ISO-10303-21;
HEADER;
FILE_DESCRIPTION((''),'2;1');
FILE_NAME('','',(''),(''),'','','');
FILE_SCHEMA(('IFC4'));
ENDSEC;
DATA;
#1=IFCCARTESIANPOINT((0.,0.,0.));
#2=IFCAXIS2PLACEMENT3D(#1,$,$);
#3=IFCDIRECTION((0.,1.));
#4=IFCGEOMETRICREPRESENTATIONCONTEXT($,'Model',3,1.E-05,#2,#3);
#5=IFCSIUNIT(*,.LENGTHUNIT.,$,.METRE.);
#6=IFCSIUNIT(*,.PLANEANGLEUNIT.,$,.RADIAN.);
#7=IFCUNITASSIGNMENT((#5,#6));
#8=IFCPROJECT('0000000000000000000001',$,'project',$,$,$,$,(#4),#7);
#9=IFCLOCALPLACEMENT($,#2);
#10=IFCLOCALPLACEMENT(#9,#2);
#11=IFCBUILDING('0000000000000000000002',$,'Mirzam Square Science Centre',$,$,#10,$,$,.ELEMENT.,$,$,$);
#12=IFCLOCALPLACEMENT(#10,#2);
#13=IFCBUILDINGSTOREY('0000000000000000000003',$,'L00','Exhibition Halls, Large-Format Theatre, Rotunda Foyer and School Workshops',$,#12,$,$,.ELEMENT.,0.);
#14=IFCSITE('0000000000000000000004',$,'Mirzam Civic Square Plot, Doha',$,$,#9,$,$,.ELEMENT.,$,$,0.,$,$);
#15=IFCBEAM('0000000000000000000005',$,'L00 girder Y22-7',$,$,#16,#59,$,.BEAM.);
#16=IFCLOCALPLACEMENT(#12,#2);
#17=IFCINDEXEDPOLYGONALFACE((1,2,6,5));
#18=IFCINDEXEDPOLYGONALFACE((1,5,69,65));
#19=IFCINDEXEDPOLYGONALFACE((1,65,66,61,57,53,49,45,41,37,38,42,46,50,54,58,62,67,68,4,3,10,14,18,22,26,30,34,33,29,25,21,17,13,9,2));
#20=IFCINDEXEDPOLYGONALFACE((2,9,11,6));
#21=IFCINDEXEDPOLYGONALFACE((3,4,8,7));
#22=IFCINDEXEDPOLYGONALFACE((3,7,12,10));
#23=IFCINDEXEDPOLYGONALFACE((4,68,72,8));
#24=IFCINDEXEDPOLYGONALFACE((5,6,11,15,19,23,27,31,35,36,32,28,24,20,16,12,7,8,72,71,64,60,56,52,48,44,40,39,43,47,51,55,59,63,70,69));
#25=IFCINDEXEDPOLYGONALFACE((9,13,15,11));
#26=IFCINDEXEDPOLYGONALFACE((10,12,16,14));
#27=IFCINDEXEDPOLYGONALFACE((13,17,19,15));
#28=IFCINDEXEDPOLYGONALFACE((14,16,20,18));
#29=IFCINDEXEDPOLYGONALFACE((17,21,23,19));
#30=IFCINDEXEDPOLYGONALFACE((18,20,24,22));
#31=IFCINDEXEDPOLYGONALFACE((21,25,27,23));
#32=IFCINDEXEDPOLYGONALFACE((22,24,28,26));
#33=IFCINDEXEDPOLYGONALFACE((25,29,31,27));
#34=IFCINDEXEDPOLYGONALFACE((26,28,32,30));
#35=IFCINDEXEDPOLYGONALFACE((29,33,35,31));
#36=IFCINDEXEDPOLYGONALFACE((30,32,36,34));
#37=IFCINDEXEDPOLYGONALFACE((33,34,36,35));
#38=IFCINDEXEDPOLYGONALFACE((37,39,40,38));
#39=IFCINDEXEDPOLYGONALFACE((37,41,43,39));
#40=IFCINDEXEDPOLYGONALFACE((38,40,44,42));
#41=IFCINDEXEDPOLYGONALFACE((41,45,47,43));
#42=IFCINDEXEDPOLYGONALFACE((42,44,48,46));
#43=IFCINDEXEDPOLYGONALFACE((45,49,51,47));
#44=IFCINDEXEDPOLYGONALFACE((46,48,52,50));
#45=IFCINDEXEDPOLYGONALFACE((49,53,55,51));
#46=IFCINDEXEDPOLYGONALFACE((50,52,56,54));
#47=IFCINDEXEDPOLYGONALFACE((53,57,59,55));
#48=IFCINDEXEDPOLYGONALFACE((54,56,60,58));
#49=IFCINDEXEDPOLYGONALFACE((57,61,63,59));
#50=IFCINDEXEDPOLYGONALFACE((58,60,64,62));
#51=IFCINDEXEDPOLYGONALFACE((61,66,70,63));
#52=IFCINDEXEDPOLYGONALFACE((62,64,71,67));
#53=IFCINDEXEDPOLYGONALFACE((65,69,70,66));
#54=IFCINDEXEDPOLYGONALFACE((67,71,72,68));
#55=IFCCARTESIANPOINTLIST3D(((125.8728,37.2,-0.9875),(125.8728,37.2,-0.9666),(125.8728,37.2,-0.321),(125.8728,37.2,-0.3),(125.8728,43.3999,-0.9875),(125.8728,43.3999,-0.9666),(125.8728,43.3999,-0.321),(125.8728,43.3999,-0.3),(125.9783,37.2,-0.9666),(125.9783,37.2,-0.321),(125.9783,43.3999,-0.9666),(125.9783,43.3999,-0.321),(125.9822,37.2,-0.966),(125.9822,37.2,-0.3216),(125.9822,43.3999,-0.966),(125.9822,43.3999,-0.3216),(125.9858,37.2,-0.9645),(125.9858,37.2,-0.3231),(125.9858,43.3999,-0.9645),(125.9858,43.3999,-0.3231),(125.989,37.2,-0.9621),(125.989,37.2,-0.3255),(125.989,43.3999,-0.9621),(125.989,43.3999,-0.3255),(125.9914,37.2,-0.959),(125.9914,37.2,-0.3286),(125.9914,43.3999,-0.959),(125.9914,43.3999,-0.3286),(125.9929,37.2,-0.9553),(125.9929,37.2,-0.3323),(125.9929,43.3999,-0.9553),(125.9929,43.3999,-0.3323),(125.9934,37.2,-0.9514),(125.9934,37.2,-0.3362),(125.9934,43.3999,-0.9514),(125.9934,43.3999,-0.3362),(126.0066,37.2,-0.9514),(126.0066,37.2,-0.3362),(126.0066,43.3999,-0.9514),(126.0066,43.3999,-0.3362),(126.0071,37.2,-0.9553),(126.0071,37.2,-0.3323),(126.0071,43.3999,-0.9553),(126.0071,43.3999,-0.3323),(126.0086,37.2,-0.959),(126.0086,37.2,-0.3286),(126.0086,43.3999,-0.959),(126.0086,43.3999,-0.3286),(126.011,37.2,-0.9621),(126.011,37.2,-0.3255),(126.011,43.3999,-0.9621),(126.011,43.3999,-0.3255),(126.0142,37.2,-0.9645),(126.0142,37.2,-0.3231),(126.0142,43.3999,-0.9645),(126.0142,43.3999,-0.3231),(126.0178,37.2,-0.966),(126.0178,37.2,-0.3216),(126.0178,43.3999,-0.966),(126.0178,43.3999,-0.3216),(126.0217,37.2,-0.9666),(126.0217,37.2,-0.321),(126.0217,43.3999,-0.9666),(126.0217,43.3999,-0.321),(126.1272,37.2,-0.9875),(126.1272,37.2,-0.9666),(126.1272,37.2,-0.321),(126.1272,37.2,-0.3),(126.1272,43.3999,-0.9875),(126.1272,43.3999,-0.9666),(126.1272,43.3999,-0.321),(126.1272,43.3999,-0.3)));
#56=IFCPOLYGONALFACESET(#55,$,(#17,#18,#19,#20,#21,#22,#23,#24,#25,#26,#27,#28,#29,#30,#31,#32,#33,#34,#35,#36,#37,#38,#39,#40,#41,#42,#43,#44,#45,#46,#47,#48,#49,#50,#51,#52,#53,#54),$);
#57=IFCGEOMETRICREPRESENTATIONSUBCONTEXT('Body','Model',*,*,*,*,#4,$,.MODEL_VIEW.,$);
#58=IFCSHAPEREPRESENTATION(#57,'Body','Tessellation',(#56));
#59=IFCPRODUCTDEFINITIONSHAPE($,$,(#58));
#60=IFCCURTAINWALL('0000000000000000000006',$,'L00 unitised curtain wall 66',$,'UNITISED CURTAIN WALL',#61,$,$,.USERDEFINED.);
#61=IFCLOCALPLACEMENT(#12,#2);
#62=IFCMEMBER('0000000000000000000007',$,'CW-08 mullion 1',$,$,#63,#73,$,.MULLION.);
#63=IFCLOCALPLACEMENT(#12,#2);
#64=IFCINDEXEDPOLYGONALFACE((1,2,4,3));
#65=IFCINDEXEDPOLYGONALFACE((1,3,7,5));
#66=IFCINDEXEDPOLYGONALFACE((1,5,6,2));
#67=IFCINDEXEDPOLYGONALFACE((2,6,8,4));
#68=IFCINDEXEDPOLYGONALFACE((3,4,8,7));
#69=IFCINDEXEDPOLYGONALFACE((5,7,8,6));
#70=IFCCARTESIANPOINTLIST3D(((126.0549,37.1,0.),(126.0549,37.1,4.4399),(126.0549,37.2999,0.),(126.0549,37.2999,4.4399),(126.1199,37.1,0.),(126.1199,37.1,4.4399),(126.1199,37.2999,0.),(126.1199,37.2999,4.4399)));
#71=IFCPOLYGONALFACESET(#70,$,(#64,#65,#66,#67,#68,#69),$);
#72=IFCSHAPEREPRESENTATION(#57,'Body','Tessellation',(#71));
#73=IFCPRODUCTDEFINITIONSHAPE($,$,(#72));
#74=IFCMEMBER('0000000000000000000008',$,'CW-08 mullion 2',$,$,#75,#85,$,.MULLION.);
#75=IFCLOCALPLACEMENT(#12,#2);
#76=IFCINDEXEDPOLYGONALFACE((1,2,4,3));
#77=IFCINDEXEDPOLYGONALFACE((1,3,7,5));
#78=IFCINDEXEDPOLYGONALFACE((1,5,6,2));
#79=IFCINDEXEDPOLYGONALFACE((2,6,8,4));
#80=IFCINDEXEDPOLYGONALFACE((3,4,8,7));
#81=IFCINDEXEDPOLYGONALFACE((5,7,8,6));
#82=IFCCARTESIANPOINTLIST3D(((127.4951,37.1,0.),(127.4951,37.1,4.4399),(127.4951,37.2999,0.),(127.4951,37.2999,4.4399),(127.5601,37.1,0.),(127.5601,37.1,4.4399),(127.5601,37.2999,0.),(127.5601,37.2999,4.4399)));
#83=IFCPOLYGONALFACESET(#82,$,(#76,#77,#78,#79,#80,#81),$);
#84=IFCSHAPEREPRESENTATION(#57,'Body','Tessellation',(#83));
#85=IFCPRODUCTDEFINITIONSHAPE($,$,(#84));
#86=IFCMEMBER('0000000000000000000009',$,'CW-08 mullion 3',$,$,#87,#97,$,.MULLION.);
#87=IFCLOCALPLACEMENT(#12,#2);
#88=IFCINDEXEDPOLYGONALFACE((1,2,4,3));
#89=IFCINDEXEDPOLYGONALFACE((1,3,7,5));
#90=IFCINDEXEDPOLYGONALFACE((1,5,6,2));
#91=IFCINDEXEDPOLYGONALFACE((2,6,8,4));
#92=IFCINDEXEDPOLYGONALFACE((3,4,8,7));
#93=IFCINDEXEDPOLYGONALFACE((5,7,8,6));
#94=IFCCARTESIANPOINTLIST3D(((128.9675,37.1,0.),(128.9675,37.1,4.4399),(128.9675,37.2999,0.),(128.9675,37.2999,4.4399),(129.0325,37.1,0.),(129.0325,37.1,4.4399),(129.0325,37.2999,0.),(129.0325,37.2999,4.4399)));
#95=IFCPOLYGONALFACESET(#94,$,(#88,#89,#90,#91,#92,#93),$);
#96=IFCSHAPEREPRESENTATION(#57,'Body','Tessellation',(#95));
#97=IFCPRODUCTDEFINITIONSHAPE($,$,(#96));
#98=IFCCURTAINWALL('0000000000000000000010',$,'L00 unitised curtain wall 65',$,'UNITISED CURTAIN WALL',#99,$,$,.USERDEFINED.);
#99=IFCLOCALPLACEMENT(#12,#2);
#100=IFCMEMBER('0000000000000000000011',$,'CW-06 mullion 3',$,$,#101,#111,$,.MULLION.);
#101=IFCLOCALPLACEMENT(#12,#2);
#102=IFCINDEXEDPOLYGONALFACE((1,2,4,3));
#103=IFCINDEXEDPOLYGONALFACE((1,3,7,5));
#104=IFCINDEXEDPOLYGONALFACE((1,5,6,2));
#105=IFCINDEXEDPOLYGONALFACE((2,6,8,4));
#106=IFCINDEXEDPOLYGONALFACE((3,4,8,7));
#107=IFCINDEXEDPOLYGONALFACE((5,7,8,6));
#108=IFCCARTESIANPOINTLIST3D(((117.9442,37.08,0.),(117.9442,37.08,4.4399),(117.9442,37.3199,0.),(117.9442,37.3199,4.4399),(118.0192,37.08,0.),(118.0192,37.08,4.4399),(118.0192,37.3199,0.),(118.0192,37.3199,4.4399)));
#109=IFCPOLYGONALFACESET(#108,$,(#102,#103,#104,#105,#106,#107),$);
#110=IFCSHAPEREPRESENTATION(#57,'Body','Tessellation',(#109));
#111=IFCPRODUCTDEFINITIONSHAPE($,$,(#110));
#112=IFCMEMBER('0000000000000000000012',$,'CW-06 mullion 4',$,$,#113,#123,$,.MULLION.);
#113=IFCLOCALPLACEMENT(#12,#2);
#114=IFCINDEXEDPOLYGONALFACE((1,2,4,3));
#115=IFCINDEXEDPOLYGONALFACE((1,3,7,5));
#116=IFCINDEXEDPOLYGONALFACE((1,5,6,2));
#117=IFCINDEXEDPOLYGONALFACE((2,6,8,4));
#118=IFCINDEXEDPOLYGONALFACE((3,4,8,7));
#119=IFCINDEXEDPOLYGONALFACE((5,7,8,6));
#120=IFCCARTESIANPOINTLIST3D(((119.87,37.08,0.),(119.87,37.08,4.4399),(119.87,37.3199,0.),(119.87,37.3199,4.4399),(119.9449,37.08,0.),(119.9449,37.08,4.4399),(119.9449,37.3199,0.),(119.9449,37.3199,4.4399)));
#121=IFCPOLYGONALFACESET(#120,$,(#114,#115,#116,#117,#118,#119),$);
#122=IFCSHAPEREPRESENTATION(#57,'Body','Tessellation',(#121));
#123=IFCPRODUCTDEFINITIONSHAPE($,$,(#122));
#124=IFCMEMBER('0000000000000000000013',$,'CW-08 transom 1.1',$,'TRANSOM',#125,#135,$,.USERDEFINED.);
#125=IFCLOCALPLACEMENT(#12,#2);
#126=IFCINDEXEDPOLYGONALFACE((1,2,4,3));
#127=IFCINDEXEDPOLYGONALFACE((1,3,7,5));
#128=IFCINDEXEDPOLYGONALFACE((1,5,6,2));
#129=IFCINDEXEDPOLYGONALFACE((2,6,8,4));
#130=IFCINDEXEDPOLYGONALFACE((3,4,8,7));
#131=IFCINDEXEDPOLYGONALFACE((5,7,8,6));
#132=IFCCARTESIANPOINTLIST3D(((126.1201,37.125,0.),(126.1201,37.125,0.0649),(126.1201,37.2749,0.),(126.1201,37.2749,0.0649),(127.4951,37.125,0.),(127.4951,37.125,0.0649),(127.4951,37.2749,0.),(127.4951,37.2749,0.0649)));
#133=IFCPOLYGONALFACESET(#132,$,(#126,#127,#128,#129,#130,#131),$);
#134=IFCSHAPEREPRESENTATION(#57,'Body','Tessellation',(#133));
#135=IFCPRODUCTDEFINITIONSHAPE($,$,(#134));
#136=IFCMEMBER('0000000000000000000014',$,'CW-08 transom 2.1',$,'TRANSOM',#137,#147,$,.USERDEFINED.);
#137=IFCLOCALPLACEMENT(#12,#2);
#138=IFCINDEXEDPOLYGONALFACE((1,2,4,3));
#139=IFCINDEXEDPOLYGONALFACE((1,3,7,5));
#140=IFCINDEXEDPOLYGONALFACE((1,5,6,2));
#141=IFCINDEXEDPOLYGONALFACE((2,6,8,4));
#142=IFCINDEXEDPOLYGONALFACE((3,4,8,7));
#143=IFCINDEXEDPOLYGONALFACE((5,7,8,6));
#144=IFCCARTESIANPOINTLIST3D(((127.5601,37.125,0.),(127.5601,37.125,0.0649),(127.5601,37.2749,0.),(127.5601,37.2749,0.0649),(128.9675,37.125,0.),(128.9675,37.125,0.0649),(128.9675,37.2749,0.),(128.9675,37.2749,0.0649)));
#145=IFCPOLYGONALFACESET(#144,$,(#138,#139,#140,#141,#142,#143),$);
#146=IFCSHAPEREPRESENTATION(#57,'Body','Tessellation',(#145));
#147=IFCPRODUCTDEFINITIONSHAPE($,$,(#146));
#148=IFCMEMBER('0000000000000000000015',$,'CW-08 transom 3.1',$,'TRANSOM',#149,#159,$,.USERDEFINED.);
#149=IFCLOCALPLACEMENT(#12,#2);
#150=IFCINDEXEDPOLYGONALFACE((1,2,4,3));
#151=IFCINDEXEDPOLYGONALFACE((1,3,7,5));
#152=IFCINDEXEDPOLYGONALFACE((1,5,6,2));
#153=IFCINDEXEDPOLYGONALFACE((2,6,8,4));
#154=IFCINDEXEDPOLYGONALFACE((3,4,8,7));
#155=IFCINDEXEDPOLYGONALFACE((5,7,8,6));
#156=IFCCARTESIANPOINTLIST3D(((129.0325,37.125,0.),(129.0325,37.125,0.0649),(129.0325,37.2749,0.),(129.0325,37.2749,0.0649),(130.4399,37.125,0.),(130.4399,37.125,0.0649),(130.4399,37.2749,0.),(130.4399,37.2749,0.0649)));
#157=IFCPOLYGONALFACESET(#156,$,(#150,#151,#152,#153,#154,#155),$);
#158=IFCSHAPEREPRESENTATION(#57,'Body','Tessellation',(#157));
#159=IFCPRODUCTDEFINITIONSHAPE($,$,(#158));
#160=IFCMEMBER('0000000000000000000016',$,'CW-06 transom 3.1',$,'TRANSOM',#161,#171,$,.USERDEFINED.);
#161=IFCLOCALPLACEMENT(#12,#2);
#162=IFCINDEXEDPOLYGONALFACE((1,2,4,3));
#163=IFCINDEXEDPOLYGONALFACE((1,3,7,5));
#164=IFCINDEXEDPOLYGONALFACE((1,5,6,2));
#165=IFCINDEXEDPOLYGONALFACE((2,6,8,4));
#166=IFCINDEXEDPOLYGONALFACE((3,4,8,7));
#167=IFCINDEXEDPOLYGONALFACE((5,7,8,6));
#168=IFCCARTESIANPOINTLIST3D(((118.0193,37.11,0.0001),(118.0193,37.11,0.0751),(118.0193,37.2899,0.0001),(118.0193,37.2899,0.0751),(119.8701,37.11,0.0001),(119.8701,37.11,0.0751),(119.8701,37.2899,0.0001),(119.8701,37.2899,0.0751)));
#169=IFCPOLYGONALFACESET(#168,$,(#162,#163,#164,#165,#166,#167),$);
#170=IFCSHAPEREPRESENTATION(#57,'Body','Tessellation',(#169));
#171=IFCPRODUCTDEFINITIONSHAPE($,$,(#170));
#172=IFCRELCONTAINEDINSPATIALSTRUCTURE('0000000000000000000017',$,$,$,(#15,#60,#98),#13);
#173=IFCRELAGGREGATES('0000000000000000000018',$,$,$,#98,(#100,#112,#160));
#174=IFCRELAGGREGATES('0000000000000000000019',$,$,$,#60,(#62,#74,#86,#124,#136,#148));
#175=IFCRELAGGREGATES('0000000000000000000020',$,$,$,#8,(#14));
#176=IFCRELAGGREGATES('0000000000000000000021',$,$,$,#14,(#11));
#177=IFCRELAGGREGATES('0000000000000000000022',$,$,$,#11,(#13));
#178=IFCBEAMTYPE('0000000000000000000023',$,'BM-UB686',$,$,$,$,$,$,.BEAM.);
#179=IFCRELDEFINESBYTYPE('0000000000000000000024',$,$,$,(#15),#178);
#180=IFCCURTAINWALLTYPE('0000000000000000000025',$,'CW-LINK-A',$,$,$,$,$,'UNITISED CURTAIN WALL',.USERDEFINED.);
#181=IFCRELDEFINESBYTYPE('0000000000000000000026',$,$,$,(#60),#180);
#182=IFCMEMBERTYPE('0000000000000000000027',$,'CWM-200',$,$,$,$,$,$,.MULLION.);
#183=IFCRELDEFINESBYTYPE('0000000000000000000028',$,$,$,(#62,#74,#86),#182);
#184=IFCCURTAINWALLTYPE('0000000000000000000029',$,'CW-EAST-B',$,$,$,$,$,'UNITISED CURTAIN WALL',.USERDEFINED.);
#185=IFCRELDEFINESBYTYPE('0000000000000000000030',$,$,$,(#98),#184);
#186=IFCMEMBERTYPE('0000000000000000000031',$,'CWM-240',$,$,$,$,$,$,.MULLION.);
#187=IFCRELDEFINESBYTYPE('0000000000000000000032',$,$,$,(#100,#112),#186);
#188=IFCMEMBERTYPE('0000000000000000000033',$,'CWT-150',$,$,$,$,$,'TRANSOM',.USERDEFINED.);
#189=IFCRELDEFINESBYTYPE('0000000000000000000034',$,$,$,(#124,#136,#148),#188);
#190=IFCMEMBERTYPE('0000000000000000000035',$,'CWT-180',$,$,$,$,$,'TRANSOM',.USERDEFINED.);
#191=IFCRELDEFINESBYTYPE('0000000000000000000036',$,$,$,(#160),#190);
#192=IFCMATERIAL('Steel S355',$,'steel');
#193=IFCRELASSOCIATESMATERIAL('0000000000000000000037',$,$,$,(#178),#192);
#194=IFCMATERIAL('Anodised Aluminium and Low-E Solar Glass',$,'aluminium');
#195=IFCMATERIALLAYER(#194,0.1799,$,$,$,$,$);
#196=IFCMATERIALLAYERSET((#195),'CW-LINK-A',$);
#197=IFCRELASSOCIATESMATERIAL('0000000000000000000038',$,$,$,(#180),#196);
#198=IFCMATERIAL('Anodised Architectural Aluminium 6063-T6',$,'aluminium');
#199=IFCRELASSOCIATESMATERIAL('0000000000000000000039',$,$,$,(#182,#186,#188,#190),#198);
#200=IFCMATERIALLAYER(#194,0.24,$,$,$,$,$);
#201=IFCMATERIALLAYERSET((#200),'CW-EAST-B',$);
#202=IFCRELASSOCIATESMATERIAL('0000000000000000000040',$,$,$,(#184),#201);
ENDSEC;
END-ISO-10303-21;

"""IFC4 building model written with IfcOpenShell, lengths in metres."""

from ifc_helpers import new_model, si_unit, direction, frame, origin, origin_2d, place, context, subcontext, project, spatial, rectangle, i_section, extrude, material, layer, layer_set, material_profile, profile_set, type_object, element, aggregate, save


model = new_model("IFC4")

# Units and contexts
model_context = context("Model", 3, precision=1e-05, world=origin(), true_north=direction((0.0, 1.0)))
body_context = subcontext(model_context, "Body", "Model", "MODEL_VIEW")
ifc_project = project(units=[si_unit("LENGTHUNIT", "METRE"), si_unit("PLANEANGLEUNIT", "RADIAN")], contexts=[model_context])

# Site, building, storey
site_placement = place(None, origin())
site = spatial("IfcSite", under=ifc_project, at=site_placement, Name="Mirzam Civic Square Plot, Doha", CompositionType="ELEMENT", RefElevation=0.0)
building_placement = place(site_placement, origin())
building = spatial("IfcBuilding", under=site, at=building_placement, Name="Mirzam Square Science Centre", CompositionType="ELEMENT")
storey_placement = place(building_placement, origin())
storey = spatial("IfcBuildingStorey", under=building, at=storey_placement, Name="L00", Description="Exhibition Halls, Large-Format Theatre, Rotunda Foyer and School Workshops", CompositionType="ELEMENT", Elevation=0.0)

# Shared definitions
ifc_material_1 = material(Name="Steel S355", Category="steel")

# Beam
ifc_material_profile_1 = material_profile(ifc_material_1, i_section(OverallWidth=0.2544, OverallDepth=0.6875, WebThickness=0.0132, FlangeThickness=0.021, FilletRadius=0.0151, at=origin_2d()), Name="686x254x152UB")
ifc_profile_set_1 = profile_set([ifc_material_profile_1], Name="Steel S355")
beam_type_1 = type_object("IfcBeamType", Name="BM-UB686", PredefinedType="BEAM", material=ifc_profile_set_1)
beam_1_placement = place(storey_placement, frame((126.0, 37.2, -0.6438), z_axis=(0.0, 1.0, 0.0), x_axis=(-1.0, 0.0, 0.0)))
element("IfcBeam", 1, at=beam_1_placement, inside=storey, type_object=beam_type_1, Name="L00 girder Y22-7", PredefinedType="BEAM", context=body_context, shape_type="SweptSolid", body=[
    extrude(i_section(OverallWidth=0.2544, OverallDepth=0.6875, WebThickness=0.0132, FlangeThickness=0.021, FilletRadius=0.0151, at=origin_2d()), origin(), (0.0, 0.0, 1.0), 6.2),
])

# Curtain walls, members
ifc_material_2 = material(Name="Anodised Aluminium and Low-E Solar Glass", Category="aluminium")
ifc_layer_1 = layer(ifc_material_2, 0.1799)
ifc_layer_set_1 = layer_set([ifc_layer_1], Name="CW-LINK-A")
curtain_wall_type_1 = type_object("IfcCurtainWallType", Name="CW-LINK-A", ElementType="UNITISED CURTAIN WALL", PredefinedType="USERDEFINED", material=ifc_layer_set_1)
curtain_wall_1_placement = place(storey_placement, origin())
curtain_wall_1 = element("IfcCurtainWall", 2, at=curtain_wall_1_placement, inside=storey, type_object=curtain_wall_type_1, Name="L00 unitised curtain wall 66", ObjectType="UNITISED CURTAIN WALL", PredefinedType="USERDEFINED")
ifc_material_3 = material(Name="Anodised Architectural Aluminium 6063-T6", Category="aluminium")
ifc_material_profile_2 = material_profile(ifc_material_3, rectangle(XDim=0.0649, YDim=0.2, at=origin_2d()), Name="ALU-MULL-200x65x5")
ifc_profile_set_2 = profile_set([ifc_material_profile_2], Name="Anodised Architectural Aluminium 6063-T6")
member_type_1 = type_object("IfcMemberType", Name="CWM-200", PredefinedType="MULLION", material=ifc_profile_set_2)
member_1_placement = place(storey_placement, frame((126.0874, 37.2, 0.0), z_axis=(0.0, 0.0, 1.0), x_axis=(1.0, 0.0, 0.0)))
member_1 = element("IfcMember", 3, at=member_1_placement, type_object=member_type_1, Name="CW-08 mullion 1", PredefinedType="MULLION", context=body_context, shape_type="SweptSolid", body=[
    extrude(rectangle(XDim=0.0649, YDim=0.2, at=origin_2d()), origin(), (0.0, 0.0, 1.0), 4.4399),
])
member_2_placement = place(storey_placement, frame((127.5276, 37.2, 0.0), z_axis=(0.0, 0.0, 1.0), x_axis=(1.0, 0.0, 0.0)))
member_2 = element("IfcMember", 4, at=member_2_placement, type_object=member_type_1, Name="CW-08 mullion 2", PredefinedType="MULLION", context=body_context, shape_type="SweptSolid", body=[
    extrude(rectangle(XDim=0.0649, YDim=0.2, at=origin_2d()), origin(), (0.0, 0.0, 1.0), 4.4399),
])
member_3_placement = place(storey_placement, frame((129.0, 37.2, 0.0), z_axis=(0.0, 0.0, 1.0), x_axis=(1.0, 0.0, 0.0)))
member_3 = element("IfcMember", 5, at=member_3_placement, type_object=member_type_1, Name="CW-08 mullion 3", PredefinedType="MULLION", context=body_context, shape_type="SweptSolid", body=[
    extrude(rectangle(XDim=0.0649, YDim=0.2, at=origin_2d()), origin(), (0.0, 0.0, 1.0), 4.4399),
])
ifc_layer_2 = layer(ifc_material_2, 0.24)
ifc_layer_set_2 = layer_set([ifc_layer_2], Name="CW-EAST-B")
curtain_wall_type_2 = type_object("IfcCurtainWallType", Name="CW-EAST-B", ElementType="UNITISED CURTAIN WALL", PredefinedType="USERDEFINED", material=ifc_layer_set_2)
curtain_wall_2_placement = place(storey_placement, origin())
curtain_wall_2 = element("IfcCurtainWall", 6, at=curtain_wall_2_placement, inside=storey, type_object=curtain_wall_type_2, Name="L00 unitised curtain wall 65", ObjectType="UNITISED CURTAIN WALL", PredefinedType="USERDEFINED")
ifc_material_profile_3 = material_profile(ifc_material_3, rectangle(XDim=0.075, YDim=0.24, at=origin_2d()), Name="ALU-MULL-240x75x5")
ifc_profile_set_3 = profile_set([ifc_material_profile_3], Name="Anodised Architectural Aluminium 6063-T6")
member_type_2 = type_object("IfcMemberType", Name="CWM-240", PredefinedType="MULLION", material=ifc_profile_set_3)
member_4_placement = place(storey_placement, frame((117.9817, 37.2, 0.0), z_axis=(0.0, 0.0, 1.0), x_axis=(1.0, 0.0, 0.0)))
member_4 = element("IfcMember", 7, at=member_4_placement, type_object=member_type_2, Name="CW-06 mullion 3", PredefinedType="MULLION", context=body_context, shape_type="SweptSolid", body=[
    extrude(rectangle(XDim=0.075, YDim=0.24, at=origin_2d()), origin(), (0.0, 0.0, 1.0), 4.4399),
])
member_5_placement = place(storey_placement, frame((119.9075, 37.2, 0.0), z_axis=(0.0, 0.0, 1.0), x_axis=(1.0, 0.0, 0.0)))
member_5 = element("IfcMember", 8, at=member_5_placement, type_object=member_type_2, Name="CW-06 mullion 4", PredefinedType="MULLION", context=body_context, shape_type="SweptSolid", body=[
    extrude(rectangle(XDim=0.075, YDim=0.24, at=origin_2d()), origin(), (0.0, 0.0, 1.0), 4.4399),
])

# Members
ifc_material_profile_4 = material_profile(ifc_material_3, rectangle(XDim=0.1499, YDim=0.0649, at=origin_2d()), Name="ALU-TRAN-150x65x4")
ifc_profile_set_4 = profile_set([ifc_material_profile_4], Name="Anodised Architectural Aluminium 6063-T6")
member_type_3 = type_object("IfcMemberType", Name="CWT-150", ElementType="TRANSOM", PredefinedType="USERDEFINED", material=ifc_profile_set_4)
member_6_placement = place(storey_placement, frame((126.1201, 37.2, 0.0325), z_axis=(1.0, 0.0, 0.0), x_axis=(0.0, 1.0, 0.0)))
member_6 = element("IfcMember", 9, at=member_6_placement, type_object=member_type_3, Name="CW-08 transom 1.1", ObjectType="TRANSOM", PredefinedType="USERDEFINED", context=body_context, shape_type="SweptSolid", body=[
    extrude(rectangle(XDim=0.1499, YDim=0.0649, at=origin_2d()), origin(), (0.0, 0.0, 1.0), 1.375),
])
member_7_placement = place(storey_placement, frame((127.5601, 37.2, 0.0325), z_axis=(1.0, 0.0, 0.0), x_axis=(0.0, 1.0, 0.0)))
member_7 = element("IfcMember", 10, at=member_7_placement, type_object=member_type_3, Name="CW-08 transom 2.1", ObjectType="TRANSOM", PredefinedType="USERDEFINED", context=body_context, shape_type="SweptSolid", body=[
    extrude(rectangle(XDim=0.1499, YDim=0.0649, at=origin_2d()), origin(), (0.0, 0.0, 1.0), 1.4075),
])
member_8_placement = place(storey_placement, frame((129.0325, 37.2, 0.0325), z_axis=(1.0, 0.0, 0.0), x_axis=(0.0, 1.0, 0.0)))
member_8 = element("IfcMember", 11, at=member_8_placement, type_object=member_type_3, Name="CW-08 transom 3.1", ObjectType="TRANSOM", PredefinedType="USERDEFINED", context=body_context, shape_type="SweptSolid", body=[
    extrude(rectangle(XDim=0.1499, YDim=0.0649, at=origin_2d()), origin(), (0.0, 0.0, 1.0), 1.4075),
])
ifc_material_profile_5 = material_profile(ifc_material_3, rectangle(XDim=0.1799, YDim=0.075, at=origin_2d()), Name="ALU-TRAN-180x75x5")
ifc_profile_set_5 = profile_set([ifc_material_profile_5], Name="Anodised Architectural Aluminium 6063-T6")
member_type_4 = type_object("IfcMemberType", Name="CWT-180", ElementType="TRANSOM", PredefinedType="USERDEFINED", material=ifc_profile_set_5)
member_9_placement = place(storey_placement, frame((118.0193, 37.2, 0.0376), z_axis=(1.0, 0.0, 0.0), x_axis=(0.0, 1.0, 0.0)))
member_9 = element("IfcMember", 12, at=member_9_placement, type_object=member_type_4, Name="CW-06 transom 3.1", ObjectType="TRANSOM", PredefinedType="USERDEFINED", context=body_context, shape_type="SweptSolid", body=[
    extrude(rectangle(XDim=0.1799, YDim=0.075, at=origin_2d()), origin(), (0.0, 0.0, 1.0), 1.8508),
])

aggregate(curtain_wall_2, [member_4, member_5, member_9])
aggregate(curtain_wall_1, [member_1, member_2, member_3, member_6, member_7, member_8])

save(model, "model.ifc")
